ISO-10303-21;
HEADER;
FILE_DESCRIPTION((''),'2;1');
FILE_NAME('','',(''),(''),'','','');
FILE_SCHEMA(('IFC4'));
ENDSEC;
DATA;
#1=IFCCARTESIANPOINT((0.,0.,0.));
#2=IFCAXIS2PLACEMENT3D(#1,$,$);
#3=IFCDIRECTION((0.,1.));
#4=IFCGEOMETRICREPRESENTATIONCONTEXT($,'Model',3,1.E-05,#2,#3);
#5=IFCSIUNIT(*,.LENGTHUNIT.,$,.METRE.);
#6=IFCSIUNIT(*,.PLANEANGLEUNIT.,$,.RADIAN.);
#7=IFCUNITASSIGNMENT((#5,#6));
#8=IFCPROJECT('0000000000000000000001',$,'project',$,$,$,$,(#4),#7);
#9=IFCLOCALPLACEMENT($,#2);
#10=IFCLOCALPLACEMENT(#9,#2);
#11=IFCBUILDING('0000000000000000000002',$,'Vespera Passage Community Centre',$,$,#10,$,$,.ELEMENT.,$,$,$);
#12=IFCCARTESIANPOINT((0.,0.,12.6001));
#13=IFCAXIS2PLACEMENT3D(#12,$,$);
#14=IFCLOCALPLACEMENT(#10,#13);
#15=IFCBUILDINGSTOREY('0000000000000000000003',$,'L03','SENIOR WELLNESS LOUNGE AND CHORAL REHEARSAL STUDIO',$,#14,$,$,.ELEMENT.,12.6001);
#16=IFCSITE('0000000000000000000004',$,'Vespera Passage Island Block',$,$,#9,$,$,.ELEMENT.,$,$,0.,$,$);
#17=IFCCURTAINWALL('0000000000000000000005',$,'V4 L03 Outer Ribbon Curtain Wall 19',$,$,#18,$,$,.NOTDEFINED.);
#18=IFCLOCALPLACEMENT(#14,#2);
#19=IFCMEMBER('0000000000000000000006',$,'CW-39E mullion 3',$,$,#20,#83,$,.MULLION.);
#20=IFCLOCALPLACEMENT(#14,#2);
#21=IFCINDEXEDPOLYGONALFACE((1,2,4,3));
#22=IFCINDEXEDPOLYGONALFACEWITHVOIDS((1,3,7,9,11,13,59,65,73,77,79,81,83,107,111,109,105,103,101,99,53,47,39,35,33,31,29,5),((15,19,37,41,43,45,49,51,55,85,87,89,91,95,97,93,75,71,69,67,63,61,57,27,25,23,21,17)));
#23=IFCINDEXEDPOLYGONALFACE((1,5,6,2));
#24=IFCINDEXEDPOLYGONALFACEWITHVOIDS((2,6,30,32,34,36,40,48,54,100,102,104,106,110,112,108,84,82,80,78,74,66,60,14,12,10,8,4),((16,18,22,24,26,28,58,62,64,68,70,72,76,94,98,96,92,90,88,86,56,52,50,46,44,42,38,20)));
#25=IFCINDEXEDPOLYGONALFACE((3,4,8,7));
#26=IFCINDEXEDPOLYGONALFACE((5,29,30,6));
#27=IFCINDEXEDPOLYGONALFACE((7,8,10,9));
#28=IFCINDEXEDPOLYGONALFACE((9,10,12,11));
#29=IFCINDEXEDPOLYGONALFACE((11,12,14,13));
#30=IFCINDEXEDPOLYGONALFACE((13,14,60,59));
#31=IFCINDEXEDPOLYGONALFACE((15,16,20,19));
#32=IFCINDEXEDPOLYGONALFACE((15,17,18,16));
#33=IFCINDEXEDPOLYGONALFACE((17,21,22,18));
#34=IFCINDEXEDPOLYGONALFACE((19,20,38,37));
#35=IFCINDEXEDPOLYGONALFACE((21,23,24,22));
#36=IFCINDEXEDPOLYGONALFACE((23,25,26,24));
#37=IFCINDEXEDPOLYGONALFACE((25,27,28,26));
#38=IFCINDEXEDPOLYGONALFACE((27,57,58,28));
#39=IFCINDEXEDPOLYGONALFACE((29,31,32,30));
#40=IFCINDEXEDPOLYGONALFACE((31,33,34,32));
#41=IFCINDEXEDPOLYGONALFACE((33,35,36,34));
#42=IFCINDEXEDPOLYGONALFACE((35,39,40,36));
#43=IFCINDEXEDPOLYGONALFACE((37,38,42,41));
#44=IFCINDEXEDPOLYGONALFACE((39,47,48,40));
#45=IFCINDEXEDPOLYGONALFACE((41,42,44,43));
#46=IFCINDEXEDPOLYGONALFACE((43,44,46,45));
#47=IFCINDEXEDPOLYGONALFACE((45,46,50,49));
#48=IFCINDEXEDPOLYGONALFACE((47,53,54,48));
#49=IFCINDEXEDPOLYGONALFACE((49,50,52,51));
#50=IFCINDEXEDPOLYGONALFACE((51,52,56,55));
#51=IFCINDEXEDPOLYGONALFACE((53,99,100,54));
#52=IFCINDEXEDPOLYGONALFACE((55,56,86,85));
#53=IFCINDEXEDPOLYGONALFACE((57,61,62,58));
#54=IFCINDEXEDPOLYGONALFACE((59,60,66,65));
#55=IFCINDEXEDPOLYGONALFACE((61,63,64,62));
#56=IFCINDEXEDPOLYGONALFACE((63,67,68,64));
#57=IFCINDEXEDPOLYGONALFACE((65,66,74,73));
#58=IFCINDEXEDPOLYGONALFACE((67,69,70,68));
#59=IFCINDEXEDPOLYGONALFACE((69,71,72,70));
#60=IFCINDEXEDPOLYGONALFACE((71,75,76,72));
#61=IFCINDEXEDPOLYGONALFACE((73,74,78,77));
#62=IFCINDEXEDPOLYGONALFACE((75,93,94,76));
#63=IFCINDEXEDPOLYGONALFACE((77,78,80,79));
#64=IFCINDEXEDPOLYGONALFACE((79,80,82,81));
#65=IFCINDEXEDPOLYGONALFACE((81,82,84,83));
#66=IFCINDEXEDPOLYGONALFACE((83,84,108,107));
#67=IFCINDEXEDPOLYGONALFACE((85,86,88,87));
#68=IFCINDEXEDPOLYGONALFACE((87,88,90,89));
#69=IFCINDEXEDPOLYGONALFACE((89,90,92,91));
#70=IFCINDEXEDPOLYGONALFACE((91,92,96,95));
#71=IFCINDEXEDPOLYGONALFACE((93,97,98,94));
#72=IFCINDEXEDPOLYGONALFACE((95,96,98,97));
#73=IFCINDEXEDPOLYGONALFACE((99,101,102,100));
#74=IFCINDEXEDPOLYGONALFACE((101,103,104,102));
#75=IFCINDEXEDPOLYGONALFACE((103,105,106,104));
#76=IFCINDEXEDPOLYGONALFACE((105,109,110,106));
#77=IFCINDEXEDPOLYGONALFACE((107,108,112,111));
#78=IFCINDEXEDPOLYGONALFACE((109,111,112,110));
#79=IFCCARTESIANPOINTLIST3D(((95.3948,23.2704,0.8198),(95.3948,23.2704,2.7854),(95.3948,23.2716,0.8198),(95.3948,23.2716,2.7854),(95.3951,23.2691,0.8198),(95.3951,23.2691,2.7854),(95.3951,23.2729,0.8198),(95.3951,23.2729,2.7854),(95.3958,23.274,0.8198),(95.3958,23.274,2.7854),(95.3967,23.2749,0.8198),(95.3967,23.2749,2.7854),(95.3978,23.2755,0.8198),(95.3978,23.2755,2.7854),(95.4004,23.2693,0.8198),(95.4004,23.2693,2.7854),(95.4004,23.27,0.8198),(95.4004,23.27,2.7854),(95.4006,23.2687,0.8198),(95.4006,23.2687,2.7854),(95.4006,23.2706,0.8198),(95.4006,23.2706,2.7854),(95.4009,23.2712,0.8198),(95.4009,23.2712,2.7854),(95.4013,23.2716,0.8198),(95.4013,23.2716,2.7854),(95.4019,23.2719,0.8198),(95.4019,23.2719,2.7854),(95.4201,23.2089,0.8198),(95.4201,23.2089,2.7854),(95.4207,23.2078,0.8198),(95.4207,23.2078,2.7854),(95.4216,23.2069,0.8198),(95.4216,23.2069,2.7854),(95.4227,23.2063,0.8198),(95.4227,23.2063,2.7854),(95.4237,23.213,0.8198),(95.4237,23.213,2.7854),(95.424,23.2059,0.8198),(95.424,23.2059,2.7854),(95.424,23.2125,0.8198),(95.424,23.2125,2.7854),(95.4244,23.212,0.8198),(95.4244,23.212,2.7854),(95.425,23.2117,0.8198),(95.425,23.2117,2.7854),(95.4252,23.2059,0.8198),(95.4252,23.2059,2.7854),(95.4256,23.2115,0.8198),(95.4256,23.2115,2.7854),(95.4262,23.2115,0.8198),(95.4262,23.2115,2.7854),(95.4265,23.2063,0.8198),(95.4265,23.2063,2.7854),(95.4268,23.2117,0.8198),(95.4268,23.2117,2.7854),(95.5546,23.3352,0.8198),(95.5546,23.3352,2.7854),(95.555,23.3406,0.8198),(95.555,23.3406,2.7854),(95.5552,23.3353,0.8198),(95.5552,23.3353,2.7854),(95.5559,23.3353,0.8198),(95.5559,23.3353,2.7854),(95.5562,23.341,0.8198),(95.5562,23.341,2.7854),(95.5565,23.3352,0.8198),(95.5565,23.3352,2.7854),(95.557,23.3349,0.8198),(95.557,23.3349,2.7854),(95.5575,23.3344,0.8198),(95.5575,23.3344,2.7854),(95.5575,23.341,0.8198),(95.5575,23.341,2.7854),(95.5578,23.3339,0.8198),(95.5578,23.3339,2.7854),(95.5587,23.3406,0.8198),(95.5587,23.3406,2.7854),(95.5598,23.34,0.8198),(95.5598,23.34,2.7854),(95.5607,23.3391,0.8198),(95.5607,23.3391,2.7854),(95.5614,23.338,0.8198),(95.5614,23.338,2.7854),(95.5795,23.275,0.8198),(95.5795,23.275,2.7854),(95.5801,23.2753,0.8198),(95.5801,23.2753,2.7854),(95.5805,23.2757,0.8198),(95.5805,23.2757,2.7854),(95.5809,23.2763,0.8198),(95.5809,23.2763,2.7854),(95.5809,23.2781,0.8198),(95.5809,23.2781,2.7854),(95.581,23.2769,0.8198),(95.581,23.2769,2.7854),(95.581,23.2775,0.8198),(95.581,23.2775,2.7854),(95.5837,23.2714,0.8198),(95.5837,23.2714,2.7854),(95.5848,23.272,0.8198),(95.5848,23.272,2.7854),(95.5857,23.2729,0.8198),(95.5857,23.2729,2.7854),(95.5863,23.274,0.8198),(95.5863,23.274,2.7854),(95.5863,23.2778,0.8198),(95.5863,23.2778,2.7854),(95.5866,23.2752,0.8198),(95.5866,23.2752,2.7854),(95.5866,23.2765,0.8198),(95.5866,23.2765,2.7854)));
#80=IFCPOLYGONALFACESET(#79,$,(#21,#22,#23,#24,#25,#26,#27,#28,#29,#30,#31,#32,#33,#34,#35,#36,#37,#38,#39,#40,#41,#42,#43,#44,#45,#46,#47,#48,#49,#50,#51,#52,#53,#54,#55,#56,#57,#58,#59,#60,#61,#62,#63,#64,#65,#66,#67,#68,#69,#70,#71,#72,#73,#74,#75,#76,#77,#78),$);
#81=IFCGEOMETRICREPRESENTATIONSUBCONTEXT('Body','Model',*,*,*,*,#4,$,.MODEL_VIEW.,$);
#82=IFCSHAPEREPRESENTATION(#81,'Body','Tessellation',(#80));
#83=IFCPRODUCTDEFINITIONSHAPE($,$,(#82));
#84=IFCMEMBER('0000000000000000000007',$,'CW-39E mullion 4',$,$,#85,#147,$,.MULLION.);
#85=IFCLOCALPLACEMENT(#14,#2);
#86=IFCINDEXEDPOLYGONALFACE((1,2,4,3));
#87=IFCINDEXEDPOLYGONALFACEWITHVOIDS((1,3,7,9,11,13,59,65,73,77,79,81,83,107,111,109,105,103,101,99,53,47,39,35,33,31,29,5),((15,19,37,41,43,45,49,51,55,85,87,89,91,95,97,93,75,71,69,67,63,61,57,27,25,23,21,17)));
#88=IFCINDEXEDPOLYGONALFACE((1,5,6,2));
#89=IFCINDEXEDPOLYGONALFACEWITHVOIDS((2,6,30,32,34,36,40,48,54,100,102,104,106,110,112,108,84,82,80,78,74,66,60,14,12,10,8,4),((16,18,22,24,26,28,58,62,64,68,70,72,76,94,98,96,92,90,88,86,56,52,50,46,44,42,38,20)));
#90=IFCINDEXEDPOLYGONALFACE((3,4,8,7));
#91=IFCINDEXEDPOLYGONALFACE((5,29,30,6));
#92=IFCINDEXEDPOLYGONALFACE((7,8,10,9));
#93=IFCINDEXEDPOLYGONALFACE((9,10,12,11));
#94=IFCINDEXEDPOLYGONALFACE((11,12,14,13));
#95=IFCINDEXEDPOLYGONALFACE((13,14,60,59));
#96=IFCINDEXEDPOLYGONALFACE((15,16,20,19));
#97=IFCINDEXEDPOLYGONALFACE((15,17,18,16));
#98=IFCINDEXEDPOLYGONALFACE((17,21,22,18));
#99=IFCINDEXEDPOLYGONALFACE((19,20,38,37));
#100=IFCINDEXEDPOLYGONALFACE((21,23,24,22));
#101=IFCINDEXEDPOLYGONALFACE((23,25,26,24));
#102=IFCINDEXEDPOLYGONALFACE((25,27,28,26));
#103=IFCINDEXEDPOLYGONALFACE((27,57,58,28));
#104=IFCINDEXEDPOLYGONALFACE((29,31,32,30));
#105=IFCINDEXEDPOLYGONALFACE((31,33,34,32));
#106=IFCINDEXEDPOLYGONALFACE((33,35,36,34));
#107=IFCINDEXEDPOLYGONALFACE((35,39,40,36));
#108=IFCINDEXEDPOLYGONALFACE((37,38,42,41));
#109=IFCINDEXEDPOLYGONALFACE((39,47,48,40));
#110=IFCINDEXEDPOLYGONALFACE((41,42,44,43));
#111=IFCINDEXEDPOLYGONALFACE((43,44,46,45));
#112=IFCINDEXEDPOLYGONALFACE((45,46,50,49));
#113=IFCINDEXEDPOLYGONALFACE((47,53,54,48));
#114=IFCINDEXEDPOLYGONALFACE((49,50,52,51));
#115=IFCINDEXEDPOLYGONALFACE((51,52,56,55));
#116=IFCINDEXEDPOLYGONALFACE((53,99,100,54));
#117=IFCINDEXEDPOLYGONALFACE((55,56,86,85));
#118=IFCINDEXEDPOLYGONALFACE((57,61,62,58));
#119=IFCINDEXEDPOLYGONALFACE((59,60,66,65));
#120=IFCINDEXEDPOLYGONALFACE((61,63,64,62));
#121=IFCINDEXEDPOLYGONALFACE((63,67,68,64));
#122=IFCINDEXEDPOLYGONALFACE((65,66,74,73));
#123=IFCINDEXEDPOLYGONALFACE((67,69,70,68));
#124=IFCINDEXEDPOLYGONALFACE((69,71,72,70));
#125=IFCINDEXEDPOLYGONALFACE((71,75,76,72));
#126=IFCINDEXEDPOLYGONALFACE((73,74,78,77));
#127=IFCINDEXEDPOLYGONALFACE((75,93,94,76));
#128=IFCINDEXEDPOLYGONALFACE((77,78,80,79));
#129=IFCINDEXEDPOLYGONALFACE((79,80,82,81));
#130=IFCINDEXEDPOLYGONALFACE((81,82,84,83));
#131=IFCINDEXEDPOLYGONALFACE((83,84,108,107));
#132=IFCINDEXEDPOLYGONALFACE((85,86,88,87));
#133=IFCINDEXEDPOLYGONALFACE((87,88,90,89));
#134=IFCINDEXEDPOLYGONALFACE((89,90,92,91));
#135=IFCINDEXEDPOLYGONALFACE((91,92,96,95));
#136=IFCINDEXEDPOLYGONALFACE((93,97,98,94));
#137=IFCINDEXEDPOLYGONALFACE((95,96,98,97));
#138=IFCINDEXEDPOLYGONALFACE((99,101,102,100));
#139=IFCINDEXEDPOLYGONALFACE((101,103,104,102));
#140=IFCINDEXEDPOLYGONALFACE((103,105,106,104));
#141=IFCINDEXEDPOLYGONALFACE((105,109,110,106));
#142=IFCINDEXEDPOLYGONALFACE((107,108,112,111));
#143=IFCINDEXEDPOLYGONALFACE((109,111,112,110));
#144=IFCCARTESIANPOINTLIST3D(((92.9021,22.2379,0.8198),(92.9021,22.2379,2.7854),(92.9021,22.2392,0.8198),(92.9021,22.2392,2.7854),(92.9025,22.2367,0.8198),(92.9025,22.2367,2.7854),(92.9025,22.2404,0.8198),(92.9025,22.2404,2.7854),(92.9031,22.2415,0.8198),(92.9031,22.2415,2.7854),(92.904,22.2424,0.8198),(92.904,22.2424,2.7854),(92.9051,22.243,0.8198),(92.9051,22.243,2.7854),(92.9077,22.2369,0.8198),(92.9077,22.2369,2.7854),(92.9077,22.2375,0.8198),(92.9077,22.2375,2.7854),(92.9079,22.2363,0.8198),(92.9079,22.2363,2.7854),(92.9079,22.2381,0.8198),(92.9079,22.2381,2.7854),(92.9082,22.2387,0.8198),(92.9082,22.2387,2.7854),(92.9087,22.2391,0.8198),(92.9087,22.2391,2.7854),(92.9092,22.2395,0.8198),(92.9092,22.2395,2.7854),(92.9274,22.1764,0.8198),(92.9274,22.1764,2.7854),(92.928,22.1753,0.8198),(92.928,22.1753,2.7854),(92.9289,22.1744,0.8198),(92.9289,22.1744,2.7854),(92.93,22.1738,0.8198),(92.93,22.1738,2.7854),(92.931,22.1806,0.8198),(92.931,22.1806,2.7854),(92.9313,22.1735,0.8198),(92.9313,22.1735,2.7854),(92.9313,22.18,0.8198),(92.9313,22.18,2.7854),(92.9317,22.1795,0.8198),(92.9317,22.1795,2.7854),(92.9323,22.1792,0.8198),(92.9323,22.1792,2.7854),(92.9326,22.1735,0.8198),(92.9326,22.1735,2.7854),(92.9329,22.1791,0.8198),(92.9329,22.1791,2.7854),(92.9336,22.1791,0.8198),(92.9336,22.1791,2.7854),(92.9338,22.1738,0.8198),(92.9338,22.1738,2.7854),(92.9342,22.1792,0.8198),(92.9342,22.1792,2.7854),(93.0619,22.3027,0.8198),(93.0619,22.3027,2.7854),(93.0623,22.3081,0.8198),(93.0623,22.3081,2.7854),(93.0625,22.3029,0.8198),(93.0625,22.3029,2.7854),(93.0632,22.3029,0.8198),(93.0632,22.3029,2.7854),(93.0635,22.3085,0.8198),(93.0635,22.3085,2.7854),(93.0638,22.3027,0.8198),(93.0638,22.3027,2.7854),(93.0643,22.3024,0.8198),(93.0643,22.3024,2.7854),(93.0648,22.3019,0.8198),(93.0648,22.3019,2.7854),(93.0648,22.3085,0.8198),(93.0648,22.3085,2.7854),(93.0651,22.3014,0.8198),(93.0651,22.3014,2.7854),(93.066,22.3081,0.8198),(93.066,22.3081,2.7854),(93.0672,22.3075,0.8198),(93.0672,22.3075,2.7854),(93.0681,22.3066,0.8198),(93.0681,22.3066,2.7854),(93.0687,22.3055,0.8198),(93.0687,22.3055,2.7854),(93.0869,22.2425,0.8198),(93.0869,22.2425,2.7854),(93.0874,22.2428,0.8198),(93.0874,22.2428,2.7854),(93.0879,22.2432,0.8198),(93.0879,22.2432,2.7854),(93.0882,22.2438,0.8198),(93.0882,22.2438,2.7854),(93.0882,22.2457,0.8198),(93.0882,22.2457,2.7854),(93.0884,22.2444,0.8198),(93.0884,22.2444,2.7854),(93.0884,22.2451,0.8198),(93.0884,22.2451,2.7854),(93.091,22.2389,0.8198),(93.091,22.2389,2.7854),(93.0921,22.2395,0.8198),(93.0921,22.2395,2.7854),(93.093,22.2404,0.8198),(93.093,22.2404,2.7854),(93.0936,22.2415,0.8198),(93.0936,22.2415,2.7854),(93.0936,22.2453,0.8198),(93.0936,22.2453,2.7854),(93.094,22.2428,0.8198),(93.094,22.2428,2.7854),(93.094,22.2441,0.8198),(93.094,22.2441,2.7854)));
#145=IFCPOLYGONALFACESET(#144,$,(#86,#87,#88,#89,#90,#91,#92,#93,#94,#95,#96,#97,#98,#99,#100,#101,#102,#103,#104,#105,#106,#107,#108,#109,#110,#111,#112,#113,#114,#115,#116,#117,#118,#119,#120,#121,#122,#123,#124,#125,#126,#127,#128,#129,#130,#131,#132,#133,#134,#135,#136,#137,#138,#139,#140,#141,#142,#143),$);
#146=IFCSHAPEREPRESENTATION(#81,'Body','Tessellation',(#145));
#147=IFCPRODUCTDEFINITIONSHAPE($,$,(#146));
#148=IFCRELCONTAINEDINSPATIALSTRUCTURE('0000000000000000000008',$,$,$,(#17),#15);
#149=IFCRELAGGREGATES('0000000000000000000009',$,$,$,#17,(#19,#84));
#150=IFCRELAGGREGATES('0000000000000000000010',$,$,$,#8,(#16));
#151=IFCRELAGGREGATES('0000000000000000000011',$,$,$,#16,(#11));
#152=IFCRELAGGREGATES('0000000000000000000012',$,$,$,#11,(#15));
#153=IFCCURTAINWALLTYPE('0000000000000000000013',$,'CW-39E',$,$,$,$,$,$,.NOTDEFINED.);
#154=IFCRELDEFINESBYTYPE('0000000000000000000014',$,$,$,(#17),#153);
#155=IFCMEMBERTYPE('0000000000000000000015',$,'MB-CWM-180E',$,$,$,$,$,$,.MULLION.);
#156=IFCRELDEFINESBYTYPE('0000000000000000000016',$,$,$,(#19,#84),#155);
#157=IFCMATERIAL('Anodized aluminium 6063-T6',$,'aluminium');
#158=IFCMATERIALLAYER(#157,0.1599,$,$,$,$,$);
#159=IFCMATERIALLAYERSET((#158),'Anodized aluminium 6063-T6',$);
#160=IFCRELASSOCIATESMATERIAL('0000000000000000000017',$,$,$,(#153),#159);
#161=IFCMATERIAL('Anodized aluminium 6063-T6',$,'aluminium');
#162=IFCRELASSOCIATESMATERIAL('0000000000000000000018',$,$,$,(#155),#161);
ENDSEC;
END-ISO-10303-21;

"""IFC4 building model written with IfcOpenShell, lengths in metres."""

from ifc_helpers import new_model, si_unit, direction, frame, origin, origin_2d, place, context, subcontext, project, spatial, hollow_rectangle, extrude, material, layer, layer_set, material_profile, profile_set, type_object, element, aggregate, save


model = new_model("IFC4")

# Units and contexts
model_context = context("Model", 3, precision=1e-05, world=origin(), true_north=direction((0.0, 1.0)))
body_context = subcontext(model_context, "Body", "Model", "MODEL_VIEW")
ifc_project = project(units=[si_unit("LENGTHUNIT", "METRE"), si_unit("PLANEANGLEUNIT", "RADIAN")], contexts=[model_context])

# Site, building, storey
site_placement = place(None, origin())
site = spatial("IfcSite", under=ifc_project, at=site_placement, Name="Vespera Passage Island Block", CompositionType="ELEMENT", RefElevation=0.0)
building_placement = place(site_placement, origin())
building = spatial("IfcBuilding", under=site, at=building_placement, Name="Vespera Passage Community Centre", CompositionType="ELEMENT")
storey_placement = place(building_placement, frame((0.0, 0.0, 12.6001)))
storey = spatial("IfcBuildingStorey", under=building, at=storey_placement, Name="L03", Description="SENIOR WELLNESS LOUNGE AND CHORAL REHEARSAL STUDIO", CompositionType="ELEMENT", Elevation=12.6001)

# Curtain wall, members
ifc_material_1 = material(Name="Anodized aluminium 6063-T6", Category="aluminium")
ifc_layer_1 = layer(ifc_material_1, 0.1599)
ifc_layer_set_1 = layer_set([ifc_layer_1], Name="Anodized aluminium 6063-T6")
curtain_wall_type_1 = type_object("IfcCurtainWallType", Name="CW-39E", PredefinedType="NOTDEFINED", material=ifc_layer_set_1)
curtain_wall_1_placement = place(storey_placement, origin())
curtain_wall_1 = element("IfcCurtainWall", 1, at=curtain_wall_1_placement, inside=storey, type_object=curtain_wall_type_1, Name="V4 L03 Outer Ribbon Curtain Wall 19", PredefinedType="NOTDEFINED")
ifc_material_2 = material(Name="Anodized aluminium 6063-T6", Category="aluminium")
ifc_material_profile_1 = material_profile(ifc_material_2, hollow_rectangle(XDim=0.075, YDim=0.1799, WallThickness=0.0049, InnerFilletRadius=0.0024, OuterFilletRadius=0.0049, at=origin_2d()), Name="ALU180X75X5")
ifc_profile_set_1 = profile_set([ifc_material_profile_1], Name="Anodized aluminium 6063-T6")
member_type_1 = type_object("IfcMemberType", Name="MB-CWM-180E", PredefinedType="MULLION", material=ifc_profile_set_1)
member_1_placement = place(storey_placement, frame((95.4907, 23.2734, 0.8198), z_axis=(0.0, 0.0, 1.0), x_axis=(0.382683, -0.92388, 0.0)))
member_1 = element("IfcMember", 2, at=member_1_placement, type_object=member_type_1, Name="CW-39E mullion 3", PredefinedType="MULLION", context=body_context, shape_type="SweptSolid", body=[
    extrude(hollow_rectangle(XDim=0.075, YDim=0.1799, WallThickness=0.0049, InnerFilletRadius=0.0024, OuterFilletRadius=0.0049, at=origin_2d()), origin(), (0.0, 0.0, 1.0), 1.9656),
])
member_2_placement = place(storey_placement, frame((92.998, 22.241, 0.8198), z_axis=(0.0, 0.0, 1.0), x_axis=(0.382683, -0.92388, 0.0)))
member_2 = element("IfcMember", 3, at=member_2_placement, type_object=member_type_1, Name="CW-39E mullion 4", PredefinedType="MULLION", context=body_context, shape_type="SweptSolid", body=[
    extrude(hollow_rectangle(XDim=0.075, YDim=0.1799, WallThickness=0.0049, InnerFilletRadius=0.0024, OuterFilletRadius=0.0049, at=origin_2d()), origin(), (0.0, 0.0, 1.0), 1.9656),
])

aggregate(curtain_wall_1, [member_1, member_2])

save(model, "model.ifc")
